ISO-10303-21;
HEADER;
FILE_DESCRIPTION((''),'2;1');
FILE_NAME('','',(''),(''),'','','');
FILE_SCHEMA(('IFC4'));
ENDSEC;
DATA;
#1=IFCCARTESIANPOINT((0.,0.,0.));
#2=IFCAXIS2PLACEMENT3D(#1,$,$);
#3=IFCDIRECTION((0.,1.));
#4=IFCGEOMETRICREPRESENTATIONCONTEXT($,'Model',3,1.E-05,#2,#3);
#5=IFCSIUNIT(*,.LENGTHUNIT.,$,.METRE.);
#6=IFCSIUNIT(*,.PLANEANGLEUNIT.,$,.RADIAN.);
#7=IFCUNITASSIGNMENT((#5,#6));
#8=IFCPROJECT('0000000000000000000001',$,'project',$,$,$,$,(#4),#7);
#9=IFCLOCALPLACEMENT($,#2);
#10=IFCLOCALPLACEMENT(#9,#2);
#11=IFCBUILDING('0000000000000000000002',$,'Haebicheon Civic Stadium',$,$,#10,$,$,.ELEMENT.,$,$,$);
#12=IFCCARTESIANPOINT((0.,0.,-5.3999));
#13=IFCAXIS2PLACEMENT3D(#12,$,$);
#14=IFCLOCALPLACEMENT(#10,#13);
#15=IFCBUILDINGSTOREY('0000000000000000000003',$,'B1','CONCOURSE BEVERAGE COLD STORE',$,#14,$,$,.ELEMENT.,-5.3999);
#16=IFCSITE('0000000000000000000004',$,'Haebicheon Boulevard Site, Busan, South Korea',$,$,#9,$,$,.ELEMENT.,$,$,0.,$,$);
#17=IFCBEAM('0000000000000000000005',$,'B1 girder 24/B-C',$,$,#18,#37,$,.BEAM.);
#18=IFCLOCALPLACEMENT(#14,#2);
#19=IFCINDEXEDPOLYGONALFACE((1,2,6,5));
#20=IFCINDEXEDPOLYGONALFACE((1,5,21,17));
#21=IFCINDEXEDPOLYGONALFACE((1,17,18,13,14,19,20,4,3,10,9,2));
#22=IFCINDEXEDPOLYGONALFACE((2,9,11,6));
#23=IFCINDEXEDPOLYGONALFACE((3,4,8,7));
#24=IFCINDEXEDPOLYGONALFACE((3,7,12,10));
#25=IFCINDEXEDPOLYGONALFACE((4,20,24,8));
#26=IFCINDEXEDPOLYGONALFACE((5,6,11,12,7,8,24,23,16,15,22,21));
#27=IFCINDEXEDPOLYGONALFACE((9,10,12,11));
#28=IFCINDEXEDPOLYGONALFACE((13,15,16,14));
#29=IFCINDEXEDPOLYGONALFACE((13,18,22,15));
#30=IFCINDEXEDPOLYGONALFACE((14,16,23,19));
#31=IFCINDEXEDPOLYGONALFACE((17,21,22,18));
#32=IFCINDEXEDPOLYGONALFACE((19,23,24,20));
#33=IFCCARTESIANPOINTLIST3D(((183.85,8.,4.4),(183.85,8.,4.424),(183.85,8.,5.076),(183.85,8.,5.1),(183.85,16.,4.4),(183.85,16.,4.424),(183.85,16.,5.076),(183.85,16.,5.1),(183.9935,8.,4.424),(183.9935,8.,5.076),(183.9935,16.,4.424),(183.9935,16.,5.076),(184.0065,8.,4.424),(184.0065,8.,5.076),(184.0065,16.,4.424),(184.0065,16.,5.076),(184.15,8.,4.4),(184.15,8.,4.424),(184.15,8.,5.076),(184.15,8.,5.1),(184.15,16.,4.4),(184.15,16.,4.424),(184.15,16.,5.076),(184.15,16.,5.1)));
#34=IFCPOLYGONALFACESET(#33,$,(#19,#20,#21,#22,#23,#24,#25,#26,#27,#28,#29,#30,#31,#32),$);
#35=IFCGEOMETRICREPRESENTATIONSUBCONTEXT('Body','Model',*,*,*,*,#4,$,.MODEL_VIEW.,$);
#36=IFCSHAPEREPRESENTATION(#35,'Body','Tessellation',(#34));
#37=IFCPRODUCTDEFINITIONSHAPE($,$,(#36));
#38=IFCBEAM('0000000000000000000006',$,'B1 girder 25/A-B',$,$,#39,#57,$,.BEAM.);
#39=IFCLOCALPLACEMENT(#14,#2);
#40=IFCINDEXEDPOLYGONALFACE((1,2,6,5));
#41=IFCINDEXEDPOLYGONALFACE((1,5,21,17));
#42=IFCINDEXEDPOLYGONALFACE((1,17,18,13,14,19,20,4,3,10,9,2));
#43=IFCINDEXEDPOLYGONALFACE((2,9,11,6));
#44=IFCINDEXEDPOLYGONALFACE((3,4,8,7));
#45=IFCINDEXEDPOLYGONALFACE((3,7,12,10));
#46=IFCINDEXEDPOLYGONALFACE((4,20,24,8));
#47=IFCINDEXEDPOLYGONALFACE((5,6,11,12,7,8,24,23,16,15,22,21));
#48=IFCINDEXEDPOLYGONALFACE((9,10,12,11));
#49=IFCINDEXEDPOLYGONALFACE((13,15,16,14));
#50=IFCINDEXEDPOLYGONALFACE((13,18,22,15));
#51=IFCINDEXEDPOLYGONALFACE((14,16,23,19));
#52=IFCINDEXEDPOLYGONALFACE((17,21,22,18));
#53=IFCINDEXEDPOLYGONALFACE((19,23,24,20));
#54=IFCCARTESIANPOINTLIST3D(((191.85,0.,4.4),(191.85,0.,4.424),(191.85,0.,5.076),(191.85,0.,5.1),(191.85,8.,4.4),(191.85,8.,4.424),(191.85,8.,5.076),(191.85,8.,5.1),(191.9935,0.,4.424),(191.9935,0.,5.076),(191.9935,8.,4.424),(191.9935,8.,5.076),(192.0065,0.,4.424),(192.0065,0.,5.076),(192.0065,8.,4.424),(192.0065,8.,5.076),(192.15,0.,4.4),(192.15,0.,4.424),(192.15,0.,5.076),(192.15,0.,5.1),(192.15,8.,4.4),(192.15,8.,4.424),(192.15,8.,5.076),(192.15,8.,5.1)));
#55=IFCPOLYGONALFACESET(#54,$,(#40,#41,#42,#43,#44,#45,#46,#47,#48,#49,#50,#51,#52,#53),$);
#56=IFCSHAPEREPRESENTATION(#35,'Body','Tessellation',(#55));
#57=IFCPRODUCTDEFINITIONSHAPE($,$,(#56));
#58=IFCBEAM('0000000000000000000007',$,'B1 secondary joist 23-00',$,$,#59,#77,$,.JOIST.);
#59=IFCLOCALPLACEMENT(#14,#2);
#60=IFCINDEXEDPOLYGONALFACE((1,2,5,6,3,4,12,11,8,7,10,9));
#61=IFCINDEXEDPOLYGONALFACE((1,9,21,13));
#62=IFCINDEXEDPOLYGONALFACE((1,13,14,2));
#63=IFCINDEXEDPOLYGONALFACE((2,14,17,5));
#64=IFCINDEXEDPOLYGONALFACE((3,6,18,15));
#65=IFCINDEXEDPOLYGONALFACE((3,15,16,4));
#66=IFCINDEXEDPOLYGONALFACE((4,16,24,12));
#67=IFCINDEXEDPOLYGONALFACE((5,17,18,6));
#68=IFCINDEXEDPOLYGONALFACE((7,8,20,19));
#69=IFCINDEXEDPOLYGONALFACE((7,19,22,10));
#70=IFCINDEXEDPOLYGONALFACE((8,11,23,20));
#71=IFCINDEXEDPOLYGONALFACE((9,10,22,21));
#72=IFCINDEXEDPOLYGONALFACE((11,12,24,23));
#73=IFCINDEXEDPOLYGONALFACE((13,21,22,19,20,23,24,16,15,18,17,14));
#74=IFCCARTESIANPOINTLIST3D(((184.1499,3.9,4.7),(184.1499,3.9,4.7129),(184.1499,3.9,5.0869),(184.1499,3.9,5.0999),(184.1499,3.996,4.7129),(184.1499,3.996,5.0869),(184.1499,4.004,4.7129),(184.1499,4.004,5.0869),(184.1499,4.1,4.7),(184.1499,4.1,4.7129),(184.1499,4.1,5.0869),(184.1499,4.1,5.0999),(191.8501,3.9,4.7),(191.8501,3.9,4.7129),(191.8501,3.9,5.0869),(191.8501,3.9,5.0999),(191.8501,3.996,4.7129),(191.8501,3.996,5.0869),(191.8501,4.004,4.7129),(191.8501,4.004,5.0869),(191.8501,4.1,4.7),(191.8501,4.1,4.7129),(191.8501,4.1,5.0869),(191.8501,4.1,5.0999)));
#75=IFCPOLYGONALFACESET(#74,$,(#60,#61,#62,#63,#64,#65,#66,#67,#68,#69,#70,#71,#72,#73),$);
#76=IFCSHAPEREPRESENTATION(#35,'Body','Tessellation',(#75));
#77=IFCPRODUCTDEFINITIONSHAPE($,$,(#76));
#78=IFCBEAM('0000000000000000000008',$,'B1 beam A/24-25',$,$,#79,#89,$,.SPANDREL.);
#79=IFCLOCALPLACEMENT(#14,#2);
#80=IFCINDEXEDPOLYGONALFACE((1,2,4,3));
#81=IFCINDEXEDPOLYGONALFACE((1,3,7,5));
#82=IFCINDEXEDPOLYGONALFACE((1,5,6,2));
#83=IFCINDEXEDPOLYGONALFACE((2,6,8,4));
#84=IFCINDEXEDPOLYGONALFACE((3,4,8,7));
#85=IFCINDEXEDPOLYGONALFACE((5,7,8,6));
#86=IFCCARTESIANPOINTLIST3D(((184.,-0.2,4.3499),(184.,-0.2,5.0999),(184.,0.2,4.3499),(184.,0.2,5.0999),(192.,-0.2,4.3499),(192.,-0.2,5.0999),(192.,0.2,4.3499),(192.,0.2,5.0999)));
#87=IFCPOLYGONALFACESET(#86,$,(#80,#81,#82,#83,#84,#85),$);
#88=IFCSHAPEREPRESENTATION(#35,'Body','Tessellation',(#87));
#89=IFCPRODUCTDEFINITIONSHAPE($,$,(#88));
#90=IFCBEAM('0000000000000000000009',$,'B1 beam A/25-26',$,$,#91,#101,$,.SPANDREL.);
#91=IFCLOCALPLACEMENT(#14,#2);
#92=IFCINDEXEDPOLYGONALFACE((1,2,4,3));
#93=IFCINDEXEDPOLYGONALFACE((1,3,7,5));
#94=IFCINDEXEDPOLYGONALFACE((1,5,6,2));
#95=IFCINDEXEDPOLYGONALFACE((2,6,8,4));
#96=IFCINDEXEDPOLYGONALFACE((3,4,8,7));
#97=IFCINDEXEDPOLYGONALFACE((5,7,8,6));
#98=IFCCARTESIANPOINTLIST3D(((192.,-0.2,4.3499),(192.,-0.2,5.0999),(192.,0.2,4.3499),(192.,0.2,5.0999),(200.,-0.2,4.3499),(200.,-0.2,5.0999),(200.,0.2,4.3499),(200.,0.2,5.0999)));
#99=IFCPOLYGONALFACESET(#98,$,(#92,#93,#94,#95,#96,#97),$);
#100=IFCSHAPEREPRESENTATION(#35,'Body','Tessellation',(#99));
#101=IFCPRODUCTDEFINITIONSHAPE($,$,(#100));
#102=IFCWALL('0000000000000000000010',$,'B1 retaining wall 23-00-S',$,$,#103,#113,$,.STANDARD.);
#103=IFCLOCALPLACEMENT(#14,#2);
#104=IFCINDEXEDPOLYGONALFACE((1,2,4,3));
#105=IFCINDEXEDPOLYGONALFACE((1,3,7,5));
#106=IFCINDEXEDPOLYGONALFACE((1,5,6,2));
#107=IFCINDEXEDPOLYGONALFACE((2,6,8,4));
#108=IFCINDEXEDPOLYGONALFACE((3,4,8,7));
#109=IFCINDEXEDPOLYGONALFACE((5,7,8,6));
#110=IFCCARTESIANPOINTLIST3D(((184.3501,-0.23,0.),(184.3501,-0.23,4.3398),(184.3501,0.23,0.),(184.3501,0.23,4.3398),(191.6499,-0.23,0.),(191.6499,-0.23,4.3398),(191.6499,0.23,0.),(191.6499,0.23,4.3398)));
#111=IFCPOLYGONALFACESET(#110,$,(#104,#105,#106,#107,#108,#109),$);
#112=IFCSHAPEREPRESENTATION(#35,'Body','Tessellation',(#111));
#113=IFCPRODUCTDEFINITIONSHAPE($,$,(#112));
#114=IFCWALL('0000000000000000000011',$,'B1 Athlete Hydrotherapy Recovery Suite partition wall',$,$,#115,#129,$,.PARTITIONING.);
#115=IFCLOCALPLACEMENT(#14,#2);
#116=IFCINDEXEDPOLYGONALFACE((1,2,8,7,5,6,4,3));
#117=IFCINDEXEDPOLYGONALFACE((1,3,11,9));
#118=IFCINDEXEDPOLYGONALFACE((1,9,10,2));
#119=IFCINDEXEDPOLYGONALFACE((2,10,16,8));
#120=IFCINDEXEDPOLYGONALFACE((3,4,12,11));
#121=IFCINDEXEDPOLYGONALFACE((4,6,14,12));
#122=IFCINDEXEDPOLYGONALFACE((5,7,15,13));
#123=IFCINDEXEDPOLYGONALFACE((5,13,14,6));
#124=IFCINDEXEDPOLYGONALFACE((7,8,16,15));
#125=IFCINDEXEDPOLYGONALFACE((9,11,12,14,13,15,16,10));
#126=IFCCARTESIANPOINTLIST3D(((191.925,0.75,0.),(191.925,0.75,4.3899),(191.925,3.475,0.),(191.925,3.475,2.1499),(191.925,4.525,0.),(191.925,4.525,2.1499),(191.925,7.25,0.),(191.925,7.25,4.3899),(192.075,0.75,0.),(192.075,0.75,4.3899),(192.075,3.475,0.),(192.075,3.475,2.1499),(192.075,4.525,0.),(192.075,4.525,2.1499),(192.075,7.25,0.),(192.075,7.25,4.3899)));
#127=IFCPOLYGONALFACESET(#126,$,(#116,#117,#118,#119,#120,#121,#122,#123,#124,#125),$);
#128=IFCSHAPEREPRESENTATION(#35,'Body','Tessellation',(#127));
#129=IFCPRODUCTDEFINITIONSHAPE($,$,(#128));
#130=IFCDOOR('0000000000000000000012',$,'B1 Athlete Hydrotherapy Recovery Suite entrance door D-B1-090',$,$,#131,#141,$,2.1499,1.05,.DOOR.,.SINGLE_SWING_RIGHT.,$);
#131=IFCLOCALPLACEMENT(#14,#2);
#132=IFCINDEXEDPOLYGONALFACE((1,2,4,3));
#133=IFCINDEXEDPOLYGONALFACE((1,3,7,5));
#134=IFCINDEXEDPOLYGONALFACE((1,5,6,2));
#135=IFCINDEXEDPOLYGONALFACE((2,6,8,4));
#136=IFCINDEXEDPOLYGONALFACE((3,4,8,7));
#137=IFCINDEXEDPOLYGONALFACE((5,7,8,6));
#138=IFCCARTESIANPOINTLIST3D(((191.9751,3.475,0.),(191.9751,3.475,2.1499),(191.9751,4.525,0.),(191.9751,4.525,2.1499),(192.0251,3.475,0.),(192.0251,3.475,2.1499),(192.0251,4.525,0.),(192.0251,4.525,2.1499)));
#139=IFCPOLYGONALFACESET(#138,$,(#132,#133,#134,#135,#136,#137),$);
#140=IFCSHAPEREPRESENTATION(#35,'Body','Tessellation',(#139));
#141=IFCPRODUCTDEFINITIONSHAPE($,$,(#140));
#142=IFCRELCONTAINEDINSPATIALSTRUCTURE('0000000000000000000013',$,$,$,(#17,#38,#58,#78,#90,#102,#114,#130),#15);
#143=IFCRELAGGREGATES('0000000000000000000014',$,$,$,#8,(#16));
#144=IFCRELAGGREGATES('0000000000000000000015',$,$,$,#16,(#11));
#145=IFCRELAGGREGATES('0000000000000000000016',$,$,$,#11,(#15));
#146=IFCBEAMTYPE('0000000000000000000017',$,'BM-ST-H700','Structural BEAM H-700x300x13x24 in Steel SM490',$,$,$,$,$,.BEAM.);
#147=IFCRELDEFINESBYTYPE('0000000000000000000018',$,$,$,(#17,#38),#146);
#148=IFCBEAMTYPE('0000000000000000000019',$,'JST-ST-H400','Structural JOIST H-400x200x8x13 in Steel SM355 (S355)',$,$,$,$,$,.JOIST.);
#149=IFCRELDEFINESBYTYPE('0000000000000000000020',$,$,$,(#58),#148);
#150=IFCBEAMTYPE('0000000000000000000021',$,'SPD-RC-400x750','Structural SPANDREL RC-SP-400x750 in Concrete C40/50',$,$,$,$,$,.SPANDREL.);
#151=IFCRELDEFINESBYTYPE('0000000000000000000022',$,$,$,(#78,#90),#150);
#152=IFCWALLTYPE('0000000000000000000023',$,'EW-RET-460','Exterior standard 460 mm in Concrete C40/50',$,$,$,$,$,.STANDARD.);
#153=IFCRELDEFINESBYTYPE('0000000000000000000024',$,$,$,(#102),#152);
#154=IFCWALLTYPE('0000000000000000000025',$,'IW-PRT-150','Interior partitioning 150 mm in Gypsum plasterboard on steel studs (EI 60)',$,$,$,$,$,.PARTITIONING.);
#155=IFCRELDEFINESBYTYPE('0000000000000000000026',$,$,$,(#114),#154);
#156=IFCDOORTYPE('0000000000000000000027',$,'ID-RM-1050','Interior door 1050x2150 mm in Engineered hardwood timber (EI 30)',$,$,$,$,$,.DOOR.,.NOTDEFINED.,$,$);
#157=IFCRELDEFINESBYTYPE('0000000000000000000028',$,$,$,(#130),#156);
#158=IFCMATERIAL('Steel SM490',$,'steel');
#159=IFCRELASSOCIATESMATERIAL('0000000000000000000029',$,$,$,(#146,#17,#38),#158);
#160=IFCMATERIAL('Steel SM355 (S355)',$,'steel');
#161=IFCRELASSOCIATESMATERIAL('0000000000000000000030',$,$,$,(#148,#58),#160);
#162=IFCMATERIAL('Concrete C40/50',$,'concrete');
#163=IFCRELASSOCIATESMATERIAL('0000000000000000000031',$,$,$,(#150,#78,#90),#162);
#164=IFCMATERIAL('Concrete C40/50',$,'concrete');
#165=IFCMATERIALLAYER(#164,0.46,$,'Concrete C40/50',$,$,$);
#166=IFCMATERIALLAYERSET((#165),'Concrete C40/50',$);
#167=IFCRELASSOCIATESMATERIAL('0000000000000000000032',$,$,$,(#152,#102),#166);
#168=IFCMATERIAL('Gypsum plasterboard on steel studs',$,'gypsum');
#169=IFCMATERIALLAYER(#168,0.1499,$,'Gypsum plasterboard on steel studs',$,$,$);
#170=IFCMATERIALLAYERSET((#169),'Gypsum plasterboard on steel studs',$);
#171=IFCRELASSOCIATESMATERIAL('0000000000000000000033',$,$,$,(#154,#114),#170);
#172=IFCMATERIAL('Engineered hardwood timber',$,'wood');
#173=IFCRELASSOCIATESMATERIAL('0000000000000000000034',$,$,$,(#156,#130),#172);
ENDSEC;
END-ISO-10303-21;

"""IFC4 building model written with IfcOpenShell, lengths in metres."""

from ifc_helpers import new_model, si_unit, direction, frame, frame_2d, origin, origin_2d, place, context, subcontext, project, spatial, rectangle, i_section, extrude, material, layer, layer_set, material_profile, profile_set, type_object, element, fill, save


model = new_model("IFC4")

# Units and contexts
model_context = context("Model", 3, precision=1e-05, world=origin(), true_north=direction((0.0, 1.0)))
body_context = subcontext(model_context, "Body", "Model", "MODEL_VIEW")
ifc_project = project(units=[si_unit("LENGTHUNIT", "METRE"), si_unit("PLANEANGLEUNIT", "RADIAN")], contexts=[model_context])

# Site, building, storey
site_placement = place(None, origin())
site = spatial("IfcSite", under=ifc_project, at=site_placement, Name="Haebicheon Boulevard Site, Busan, South Korea", CompositionType="ELEMENT", RefElevation=0.0)
building_placement = place(site_placement, origin())
building = spatial("IfcBuilding", under=site, at=building_placement, Name="Haebicheon Civic Stadium", CompositionType="ELEMENT")
storey_placement = place(building_placement, frame((0.0, 0.0, -5.3999)))
storey = spatial("IfcBuildingStorey", under=building, at=storey_placement, Name="B1", Description="CONCOURSE BEVERAGE COLD STORE", CompositionType="ELEMENT", Elevation=-5.3999)

# Beams
ifc_material_1 = material(Name="Steel SM490", Category="steel")
ifc_material_profile_1 = material_profile(ifc_material_1, i_section(OverallWidth=0.3, OverallDepth=0.7, WebThickness=0.0129, FlangeThickness=0.0239, at=origin_2d()), Name="H-700x300x13x24")
ifc_profile_set_1 = profile_set([ifc_material_profile_1], Name="Steel SM490")
beam_type_1 = type_object("IfcBeamType", Name="BM-ST-H700", Description="Structural BEAM H-700x300x13x24 in Steel SM490", PredefinedType="BEAM", material=ifc_profile_set_1)
for number, where, z_axis, x_axis, name in (
    (1, (184.0, 8.0, 4.75), (0.0, 1.0, 0.0), (-1.0, 0.0, 0.0), "B1 girder 24/B-C"),
    (2, (192.0, 0.0, 4.75), (0.0, 1.0, 0.0), (-1.0, 0.0, 0.0), "B1 girder 25/A-B"),
):
    element("IfcBeam", number, at=place(storey_placement, frame(where, z_axis=z_axis, x_axis=x_axis)), inside=storey, type_object=beam_type_1, material=ifc_profile_set_1, Name=name, PredefinedType="BEAM", context=body_context, shape_type="SweptSolid", body=[
        extrude(i_section(OverallWidth=0.3, OverallDepth=0.7, WebThickness=0.0129, FlangeThickness=0.0239, at=origin_2d()), origin(), (0.0, 0.0, 1.0), 8.0),
    ])
ifc_material_2 = material(Name="Steel SM355 (S355)", Category="steel")
ifc_material_profile_2 = material_profile(ifc_material_2, i_section(OverallWidth=0.2, OverallDepth=0.3999, WebThickness=0.0081, FlangeThickness=0.0129, at=origin_2d()), Name="H-400x200x8x13")
ifc_profile_set_2 = profile_set([ifc_material_profile_2], Name="Steel SM355 (S355)")
beam_type_2 = type_object("IfcBeamType", Name="JST-ST-H400", Description="Structural JOIST H-400x200x8x13 in Steel SM355 (S355)", PredefinedType="JOIST", material=ifc_profile_set_2)
beam_placement = place(storey_placement, frame((184.1499, 4.0, 4.8999), z_axis=(1.0, 0.0, 0.0), x_axis=(0.0, 1.0, 0.0)))
element("IfcBeam", 3, at=beam_placement, inside=storey, type_object=beam_type_2, material=ifc_profile_set_2, Name="B1 secondary joist 23-00", PredefinedType="JOIST", context=body_context, shape_type="SweptSolid", body=[
    extrude(i_section(OverallWidth=0.2, OverallDepth=0.3999, WebThickness=0.0081, FlangeThickness=0.0129, at=origin_2d()), origin(), (0.0, 0.0, 1.0), 7.7002),
])
ifc_material_3 = material(Name="Concrete C40/50", Category="concrete")
ifc_material_profile_3 = material_profile(ifc_material_3, rectangle(XDim=0.3999, YDim=0.75, at=origin_2d()), Name="RC-SP-400x750")
ifc_profile_set_3 = profile_set([ifc_material_profile_3], Name="Concrete C40/50")
beam_type_3 = type_object("IfcBeamType", Name="SPD-RC-400x750", Description="Structural SPANDREL RC-SP-400x750 in Concrete C40/50", PredefinedType="SPANDREL", material=ifc_profile_set_3)
for number, where, z_axis, x_axis, name in (
    (4, (184.0, 0.0, 4.7249), (1.0, 0.0, 0.0), (0.0, 1.0, 0.0), "B1 beam A/24-25"),
    (5, (192.0, 0.0, 4.7249), (1.0, 0.0, 0.0), (0.0, 1.0, 0.0), "B1 beam A/25-26"),
):
    element("IfcBeam", number, at=place(storey_placement, frame(where, z_axis=z_axis, x_axis=x_axis)), inside=storey, type_object=beam_type_3, material=ifc_profile_set_3, Name=name, PredefinedType="SPANDREL", context=body_context, shape_type="SweptSolid", body=[
        extrude(rectangle(XDim=0.3999, YDim=0.75, at=origin_2d()), origin(), (0.0, 0.0, 1.0), 8.0),
    ])

# Wall
ifc_material_4 = material(Name="Concrete C40/50", Category="concrete")
ifc_layer_1 = layer(ifc_material_4, 0.46, Name="Concrete C40/50")
ifc_layer_set_1 = layer_set([ifc_layer_1], Name="Concrete C40/50")
wall_type_1 = type_object("IfcWallType", Name="EW-RET-460", Description="Exterior standard 460 mm in Concrete C40/50", PredefinedType="STANDARD", material=ifc_layer_set_1)
wall_1_placement = place(storey_placement, frame((184.3501, 0.0, 0.0), z_axis=(0.0, 0.0, 1.0), x_axis=(1.0, 0.0, 0.0)))
element("IfcWall", 6, at=wall_1_placement, inside=storey, type_object=wall_type_1, material=ifc_layer_set_1, Name="B1 retaining wall 23-00-S", PredefinedType="STANDARD", context=body_context, shape_type="SweptSolid", body=[
    extrude(rectangle(XDim=7.2998, YDim=0.46, at=frame_2d((3.6499, 0.0))), origin(), (0.0, 0.0, 1.0), 4.3398),
])

# Wall, opening, door
ifc_material_5 = material(Name="Gypsum plasterboard on steel studs", Category="gypsum")
ifc_layer_2 = layer(ifc_material_5, 0.1499, Name="Gypsum plasterboard on steel studs")
ifc_layer_set_2 = layer_set([ifc_layer_2], Name="Gypsum plasterboard on steel studs")
wall_type_2 = type_object("IfcWallType", Name="IW-PRT-150", Description="Interior partitioning 150 mm in Gypsum plasterboard on steel studs (EI 60)", PredefinedType="PARTITIONING", material=ifc_layer_set_2)
wall_2_placement = place(storey_placement, frame((192.0, 0.75, 0.0), z_axis=(0.0, 0.0, 1.0), x_axis=(0.0, 1.0, 0.0)))
wall_2 = element("IfcWall", 7, at=wall_2_placement, inside=storey, type_object=wall_type_2, material=ifc_layer_set_2, Name="B1 Athlete Hydrotherapy Recovery Suite partition wall", PredefinedType="PARTITIONING", context=body_context, shape_type="SweptSolid", body=[
    extrude(rectangle(XDim=6.5, YDim=0.1499, at=frame_2d((3.25, 0.0))), origin(), (0.0, 0.0, 1.0), 4.3899),
])
opening_placement = place(wall_2_placement, frame((2.7251, 0.0, 0.0)))
opening = element("IfcOpeningElement", 8, at=opening_placement, cuts=wall_2, PredefinedType="OPENING", context=body_context, shape_type="SweptSolid", body=[
    extrude(rectangle(XDim=1.05, YDim=2.1499, at=frame_2d((0.5249, 1.075))), frame((0.0, 0.085, 0.0), z_axis=(0.0, -1.0, 0.0), x_axis=(1.0, 0.0, 0.0)), (0.0, 0.0, 1.0), 0.1699),
])
ifc_material_6 = material(Name="Engineered hardwood timber", Category="wood")
door_type = type_object("IfcDoorType", Name="ID-RM-1050", Description="Interior door 1050x2150 mm in Engineered hardwood timber (EI 30)", OperationType="NOTDEFINED", PredefinedType="DOOR", material=ifc_material_6)
door_placement = place(opening_placement, origin())
door = element("IfcDoor", 9, at=door_placement, inside=storey, type_object=door_type, material=ifc_material_6, Name="B1 Athlete Hydrotherapy Recovery Suite entrance door D-B1-090", OperationType="SINGLE_SWING_RIGHT", OverallHeight=2.1499, OverallWidth=1.05, PredefinedType="DOOR", context=body_context, shape_type="SweptSolid", body=[
    extrude(rectangle(XDim=1.05, YDim=2.1499, at=frame_2d((0.5249, 1.075))), frame((0.0, 0.0249, 0.0), z_axis=(0.0, -1.0, 0.0), x_axis=(1.0, 0.0, 0.0)), (0.0, 0.0, 1.0), 0.05),
])
fill(opening, door)

save(model, "model.ifc")
